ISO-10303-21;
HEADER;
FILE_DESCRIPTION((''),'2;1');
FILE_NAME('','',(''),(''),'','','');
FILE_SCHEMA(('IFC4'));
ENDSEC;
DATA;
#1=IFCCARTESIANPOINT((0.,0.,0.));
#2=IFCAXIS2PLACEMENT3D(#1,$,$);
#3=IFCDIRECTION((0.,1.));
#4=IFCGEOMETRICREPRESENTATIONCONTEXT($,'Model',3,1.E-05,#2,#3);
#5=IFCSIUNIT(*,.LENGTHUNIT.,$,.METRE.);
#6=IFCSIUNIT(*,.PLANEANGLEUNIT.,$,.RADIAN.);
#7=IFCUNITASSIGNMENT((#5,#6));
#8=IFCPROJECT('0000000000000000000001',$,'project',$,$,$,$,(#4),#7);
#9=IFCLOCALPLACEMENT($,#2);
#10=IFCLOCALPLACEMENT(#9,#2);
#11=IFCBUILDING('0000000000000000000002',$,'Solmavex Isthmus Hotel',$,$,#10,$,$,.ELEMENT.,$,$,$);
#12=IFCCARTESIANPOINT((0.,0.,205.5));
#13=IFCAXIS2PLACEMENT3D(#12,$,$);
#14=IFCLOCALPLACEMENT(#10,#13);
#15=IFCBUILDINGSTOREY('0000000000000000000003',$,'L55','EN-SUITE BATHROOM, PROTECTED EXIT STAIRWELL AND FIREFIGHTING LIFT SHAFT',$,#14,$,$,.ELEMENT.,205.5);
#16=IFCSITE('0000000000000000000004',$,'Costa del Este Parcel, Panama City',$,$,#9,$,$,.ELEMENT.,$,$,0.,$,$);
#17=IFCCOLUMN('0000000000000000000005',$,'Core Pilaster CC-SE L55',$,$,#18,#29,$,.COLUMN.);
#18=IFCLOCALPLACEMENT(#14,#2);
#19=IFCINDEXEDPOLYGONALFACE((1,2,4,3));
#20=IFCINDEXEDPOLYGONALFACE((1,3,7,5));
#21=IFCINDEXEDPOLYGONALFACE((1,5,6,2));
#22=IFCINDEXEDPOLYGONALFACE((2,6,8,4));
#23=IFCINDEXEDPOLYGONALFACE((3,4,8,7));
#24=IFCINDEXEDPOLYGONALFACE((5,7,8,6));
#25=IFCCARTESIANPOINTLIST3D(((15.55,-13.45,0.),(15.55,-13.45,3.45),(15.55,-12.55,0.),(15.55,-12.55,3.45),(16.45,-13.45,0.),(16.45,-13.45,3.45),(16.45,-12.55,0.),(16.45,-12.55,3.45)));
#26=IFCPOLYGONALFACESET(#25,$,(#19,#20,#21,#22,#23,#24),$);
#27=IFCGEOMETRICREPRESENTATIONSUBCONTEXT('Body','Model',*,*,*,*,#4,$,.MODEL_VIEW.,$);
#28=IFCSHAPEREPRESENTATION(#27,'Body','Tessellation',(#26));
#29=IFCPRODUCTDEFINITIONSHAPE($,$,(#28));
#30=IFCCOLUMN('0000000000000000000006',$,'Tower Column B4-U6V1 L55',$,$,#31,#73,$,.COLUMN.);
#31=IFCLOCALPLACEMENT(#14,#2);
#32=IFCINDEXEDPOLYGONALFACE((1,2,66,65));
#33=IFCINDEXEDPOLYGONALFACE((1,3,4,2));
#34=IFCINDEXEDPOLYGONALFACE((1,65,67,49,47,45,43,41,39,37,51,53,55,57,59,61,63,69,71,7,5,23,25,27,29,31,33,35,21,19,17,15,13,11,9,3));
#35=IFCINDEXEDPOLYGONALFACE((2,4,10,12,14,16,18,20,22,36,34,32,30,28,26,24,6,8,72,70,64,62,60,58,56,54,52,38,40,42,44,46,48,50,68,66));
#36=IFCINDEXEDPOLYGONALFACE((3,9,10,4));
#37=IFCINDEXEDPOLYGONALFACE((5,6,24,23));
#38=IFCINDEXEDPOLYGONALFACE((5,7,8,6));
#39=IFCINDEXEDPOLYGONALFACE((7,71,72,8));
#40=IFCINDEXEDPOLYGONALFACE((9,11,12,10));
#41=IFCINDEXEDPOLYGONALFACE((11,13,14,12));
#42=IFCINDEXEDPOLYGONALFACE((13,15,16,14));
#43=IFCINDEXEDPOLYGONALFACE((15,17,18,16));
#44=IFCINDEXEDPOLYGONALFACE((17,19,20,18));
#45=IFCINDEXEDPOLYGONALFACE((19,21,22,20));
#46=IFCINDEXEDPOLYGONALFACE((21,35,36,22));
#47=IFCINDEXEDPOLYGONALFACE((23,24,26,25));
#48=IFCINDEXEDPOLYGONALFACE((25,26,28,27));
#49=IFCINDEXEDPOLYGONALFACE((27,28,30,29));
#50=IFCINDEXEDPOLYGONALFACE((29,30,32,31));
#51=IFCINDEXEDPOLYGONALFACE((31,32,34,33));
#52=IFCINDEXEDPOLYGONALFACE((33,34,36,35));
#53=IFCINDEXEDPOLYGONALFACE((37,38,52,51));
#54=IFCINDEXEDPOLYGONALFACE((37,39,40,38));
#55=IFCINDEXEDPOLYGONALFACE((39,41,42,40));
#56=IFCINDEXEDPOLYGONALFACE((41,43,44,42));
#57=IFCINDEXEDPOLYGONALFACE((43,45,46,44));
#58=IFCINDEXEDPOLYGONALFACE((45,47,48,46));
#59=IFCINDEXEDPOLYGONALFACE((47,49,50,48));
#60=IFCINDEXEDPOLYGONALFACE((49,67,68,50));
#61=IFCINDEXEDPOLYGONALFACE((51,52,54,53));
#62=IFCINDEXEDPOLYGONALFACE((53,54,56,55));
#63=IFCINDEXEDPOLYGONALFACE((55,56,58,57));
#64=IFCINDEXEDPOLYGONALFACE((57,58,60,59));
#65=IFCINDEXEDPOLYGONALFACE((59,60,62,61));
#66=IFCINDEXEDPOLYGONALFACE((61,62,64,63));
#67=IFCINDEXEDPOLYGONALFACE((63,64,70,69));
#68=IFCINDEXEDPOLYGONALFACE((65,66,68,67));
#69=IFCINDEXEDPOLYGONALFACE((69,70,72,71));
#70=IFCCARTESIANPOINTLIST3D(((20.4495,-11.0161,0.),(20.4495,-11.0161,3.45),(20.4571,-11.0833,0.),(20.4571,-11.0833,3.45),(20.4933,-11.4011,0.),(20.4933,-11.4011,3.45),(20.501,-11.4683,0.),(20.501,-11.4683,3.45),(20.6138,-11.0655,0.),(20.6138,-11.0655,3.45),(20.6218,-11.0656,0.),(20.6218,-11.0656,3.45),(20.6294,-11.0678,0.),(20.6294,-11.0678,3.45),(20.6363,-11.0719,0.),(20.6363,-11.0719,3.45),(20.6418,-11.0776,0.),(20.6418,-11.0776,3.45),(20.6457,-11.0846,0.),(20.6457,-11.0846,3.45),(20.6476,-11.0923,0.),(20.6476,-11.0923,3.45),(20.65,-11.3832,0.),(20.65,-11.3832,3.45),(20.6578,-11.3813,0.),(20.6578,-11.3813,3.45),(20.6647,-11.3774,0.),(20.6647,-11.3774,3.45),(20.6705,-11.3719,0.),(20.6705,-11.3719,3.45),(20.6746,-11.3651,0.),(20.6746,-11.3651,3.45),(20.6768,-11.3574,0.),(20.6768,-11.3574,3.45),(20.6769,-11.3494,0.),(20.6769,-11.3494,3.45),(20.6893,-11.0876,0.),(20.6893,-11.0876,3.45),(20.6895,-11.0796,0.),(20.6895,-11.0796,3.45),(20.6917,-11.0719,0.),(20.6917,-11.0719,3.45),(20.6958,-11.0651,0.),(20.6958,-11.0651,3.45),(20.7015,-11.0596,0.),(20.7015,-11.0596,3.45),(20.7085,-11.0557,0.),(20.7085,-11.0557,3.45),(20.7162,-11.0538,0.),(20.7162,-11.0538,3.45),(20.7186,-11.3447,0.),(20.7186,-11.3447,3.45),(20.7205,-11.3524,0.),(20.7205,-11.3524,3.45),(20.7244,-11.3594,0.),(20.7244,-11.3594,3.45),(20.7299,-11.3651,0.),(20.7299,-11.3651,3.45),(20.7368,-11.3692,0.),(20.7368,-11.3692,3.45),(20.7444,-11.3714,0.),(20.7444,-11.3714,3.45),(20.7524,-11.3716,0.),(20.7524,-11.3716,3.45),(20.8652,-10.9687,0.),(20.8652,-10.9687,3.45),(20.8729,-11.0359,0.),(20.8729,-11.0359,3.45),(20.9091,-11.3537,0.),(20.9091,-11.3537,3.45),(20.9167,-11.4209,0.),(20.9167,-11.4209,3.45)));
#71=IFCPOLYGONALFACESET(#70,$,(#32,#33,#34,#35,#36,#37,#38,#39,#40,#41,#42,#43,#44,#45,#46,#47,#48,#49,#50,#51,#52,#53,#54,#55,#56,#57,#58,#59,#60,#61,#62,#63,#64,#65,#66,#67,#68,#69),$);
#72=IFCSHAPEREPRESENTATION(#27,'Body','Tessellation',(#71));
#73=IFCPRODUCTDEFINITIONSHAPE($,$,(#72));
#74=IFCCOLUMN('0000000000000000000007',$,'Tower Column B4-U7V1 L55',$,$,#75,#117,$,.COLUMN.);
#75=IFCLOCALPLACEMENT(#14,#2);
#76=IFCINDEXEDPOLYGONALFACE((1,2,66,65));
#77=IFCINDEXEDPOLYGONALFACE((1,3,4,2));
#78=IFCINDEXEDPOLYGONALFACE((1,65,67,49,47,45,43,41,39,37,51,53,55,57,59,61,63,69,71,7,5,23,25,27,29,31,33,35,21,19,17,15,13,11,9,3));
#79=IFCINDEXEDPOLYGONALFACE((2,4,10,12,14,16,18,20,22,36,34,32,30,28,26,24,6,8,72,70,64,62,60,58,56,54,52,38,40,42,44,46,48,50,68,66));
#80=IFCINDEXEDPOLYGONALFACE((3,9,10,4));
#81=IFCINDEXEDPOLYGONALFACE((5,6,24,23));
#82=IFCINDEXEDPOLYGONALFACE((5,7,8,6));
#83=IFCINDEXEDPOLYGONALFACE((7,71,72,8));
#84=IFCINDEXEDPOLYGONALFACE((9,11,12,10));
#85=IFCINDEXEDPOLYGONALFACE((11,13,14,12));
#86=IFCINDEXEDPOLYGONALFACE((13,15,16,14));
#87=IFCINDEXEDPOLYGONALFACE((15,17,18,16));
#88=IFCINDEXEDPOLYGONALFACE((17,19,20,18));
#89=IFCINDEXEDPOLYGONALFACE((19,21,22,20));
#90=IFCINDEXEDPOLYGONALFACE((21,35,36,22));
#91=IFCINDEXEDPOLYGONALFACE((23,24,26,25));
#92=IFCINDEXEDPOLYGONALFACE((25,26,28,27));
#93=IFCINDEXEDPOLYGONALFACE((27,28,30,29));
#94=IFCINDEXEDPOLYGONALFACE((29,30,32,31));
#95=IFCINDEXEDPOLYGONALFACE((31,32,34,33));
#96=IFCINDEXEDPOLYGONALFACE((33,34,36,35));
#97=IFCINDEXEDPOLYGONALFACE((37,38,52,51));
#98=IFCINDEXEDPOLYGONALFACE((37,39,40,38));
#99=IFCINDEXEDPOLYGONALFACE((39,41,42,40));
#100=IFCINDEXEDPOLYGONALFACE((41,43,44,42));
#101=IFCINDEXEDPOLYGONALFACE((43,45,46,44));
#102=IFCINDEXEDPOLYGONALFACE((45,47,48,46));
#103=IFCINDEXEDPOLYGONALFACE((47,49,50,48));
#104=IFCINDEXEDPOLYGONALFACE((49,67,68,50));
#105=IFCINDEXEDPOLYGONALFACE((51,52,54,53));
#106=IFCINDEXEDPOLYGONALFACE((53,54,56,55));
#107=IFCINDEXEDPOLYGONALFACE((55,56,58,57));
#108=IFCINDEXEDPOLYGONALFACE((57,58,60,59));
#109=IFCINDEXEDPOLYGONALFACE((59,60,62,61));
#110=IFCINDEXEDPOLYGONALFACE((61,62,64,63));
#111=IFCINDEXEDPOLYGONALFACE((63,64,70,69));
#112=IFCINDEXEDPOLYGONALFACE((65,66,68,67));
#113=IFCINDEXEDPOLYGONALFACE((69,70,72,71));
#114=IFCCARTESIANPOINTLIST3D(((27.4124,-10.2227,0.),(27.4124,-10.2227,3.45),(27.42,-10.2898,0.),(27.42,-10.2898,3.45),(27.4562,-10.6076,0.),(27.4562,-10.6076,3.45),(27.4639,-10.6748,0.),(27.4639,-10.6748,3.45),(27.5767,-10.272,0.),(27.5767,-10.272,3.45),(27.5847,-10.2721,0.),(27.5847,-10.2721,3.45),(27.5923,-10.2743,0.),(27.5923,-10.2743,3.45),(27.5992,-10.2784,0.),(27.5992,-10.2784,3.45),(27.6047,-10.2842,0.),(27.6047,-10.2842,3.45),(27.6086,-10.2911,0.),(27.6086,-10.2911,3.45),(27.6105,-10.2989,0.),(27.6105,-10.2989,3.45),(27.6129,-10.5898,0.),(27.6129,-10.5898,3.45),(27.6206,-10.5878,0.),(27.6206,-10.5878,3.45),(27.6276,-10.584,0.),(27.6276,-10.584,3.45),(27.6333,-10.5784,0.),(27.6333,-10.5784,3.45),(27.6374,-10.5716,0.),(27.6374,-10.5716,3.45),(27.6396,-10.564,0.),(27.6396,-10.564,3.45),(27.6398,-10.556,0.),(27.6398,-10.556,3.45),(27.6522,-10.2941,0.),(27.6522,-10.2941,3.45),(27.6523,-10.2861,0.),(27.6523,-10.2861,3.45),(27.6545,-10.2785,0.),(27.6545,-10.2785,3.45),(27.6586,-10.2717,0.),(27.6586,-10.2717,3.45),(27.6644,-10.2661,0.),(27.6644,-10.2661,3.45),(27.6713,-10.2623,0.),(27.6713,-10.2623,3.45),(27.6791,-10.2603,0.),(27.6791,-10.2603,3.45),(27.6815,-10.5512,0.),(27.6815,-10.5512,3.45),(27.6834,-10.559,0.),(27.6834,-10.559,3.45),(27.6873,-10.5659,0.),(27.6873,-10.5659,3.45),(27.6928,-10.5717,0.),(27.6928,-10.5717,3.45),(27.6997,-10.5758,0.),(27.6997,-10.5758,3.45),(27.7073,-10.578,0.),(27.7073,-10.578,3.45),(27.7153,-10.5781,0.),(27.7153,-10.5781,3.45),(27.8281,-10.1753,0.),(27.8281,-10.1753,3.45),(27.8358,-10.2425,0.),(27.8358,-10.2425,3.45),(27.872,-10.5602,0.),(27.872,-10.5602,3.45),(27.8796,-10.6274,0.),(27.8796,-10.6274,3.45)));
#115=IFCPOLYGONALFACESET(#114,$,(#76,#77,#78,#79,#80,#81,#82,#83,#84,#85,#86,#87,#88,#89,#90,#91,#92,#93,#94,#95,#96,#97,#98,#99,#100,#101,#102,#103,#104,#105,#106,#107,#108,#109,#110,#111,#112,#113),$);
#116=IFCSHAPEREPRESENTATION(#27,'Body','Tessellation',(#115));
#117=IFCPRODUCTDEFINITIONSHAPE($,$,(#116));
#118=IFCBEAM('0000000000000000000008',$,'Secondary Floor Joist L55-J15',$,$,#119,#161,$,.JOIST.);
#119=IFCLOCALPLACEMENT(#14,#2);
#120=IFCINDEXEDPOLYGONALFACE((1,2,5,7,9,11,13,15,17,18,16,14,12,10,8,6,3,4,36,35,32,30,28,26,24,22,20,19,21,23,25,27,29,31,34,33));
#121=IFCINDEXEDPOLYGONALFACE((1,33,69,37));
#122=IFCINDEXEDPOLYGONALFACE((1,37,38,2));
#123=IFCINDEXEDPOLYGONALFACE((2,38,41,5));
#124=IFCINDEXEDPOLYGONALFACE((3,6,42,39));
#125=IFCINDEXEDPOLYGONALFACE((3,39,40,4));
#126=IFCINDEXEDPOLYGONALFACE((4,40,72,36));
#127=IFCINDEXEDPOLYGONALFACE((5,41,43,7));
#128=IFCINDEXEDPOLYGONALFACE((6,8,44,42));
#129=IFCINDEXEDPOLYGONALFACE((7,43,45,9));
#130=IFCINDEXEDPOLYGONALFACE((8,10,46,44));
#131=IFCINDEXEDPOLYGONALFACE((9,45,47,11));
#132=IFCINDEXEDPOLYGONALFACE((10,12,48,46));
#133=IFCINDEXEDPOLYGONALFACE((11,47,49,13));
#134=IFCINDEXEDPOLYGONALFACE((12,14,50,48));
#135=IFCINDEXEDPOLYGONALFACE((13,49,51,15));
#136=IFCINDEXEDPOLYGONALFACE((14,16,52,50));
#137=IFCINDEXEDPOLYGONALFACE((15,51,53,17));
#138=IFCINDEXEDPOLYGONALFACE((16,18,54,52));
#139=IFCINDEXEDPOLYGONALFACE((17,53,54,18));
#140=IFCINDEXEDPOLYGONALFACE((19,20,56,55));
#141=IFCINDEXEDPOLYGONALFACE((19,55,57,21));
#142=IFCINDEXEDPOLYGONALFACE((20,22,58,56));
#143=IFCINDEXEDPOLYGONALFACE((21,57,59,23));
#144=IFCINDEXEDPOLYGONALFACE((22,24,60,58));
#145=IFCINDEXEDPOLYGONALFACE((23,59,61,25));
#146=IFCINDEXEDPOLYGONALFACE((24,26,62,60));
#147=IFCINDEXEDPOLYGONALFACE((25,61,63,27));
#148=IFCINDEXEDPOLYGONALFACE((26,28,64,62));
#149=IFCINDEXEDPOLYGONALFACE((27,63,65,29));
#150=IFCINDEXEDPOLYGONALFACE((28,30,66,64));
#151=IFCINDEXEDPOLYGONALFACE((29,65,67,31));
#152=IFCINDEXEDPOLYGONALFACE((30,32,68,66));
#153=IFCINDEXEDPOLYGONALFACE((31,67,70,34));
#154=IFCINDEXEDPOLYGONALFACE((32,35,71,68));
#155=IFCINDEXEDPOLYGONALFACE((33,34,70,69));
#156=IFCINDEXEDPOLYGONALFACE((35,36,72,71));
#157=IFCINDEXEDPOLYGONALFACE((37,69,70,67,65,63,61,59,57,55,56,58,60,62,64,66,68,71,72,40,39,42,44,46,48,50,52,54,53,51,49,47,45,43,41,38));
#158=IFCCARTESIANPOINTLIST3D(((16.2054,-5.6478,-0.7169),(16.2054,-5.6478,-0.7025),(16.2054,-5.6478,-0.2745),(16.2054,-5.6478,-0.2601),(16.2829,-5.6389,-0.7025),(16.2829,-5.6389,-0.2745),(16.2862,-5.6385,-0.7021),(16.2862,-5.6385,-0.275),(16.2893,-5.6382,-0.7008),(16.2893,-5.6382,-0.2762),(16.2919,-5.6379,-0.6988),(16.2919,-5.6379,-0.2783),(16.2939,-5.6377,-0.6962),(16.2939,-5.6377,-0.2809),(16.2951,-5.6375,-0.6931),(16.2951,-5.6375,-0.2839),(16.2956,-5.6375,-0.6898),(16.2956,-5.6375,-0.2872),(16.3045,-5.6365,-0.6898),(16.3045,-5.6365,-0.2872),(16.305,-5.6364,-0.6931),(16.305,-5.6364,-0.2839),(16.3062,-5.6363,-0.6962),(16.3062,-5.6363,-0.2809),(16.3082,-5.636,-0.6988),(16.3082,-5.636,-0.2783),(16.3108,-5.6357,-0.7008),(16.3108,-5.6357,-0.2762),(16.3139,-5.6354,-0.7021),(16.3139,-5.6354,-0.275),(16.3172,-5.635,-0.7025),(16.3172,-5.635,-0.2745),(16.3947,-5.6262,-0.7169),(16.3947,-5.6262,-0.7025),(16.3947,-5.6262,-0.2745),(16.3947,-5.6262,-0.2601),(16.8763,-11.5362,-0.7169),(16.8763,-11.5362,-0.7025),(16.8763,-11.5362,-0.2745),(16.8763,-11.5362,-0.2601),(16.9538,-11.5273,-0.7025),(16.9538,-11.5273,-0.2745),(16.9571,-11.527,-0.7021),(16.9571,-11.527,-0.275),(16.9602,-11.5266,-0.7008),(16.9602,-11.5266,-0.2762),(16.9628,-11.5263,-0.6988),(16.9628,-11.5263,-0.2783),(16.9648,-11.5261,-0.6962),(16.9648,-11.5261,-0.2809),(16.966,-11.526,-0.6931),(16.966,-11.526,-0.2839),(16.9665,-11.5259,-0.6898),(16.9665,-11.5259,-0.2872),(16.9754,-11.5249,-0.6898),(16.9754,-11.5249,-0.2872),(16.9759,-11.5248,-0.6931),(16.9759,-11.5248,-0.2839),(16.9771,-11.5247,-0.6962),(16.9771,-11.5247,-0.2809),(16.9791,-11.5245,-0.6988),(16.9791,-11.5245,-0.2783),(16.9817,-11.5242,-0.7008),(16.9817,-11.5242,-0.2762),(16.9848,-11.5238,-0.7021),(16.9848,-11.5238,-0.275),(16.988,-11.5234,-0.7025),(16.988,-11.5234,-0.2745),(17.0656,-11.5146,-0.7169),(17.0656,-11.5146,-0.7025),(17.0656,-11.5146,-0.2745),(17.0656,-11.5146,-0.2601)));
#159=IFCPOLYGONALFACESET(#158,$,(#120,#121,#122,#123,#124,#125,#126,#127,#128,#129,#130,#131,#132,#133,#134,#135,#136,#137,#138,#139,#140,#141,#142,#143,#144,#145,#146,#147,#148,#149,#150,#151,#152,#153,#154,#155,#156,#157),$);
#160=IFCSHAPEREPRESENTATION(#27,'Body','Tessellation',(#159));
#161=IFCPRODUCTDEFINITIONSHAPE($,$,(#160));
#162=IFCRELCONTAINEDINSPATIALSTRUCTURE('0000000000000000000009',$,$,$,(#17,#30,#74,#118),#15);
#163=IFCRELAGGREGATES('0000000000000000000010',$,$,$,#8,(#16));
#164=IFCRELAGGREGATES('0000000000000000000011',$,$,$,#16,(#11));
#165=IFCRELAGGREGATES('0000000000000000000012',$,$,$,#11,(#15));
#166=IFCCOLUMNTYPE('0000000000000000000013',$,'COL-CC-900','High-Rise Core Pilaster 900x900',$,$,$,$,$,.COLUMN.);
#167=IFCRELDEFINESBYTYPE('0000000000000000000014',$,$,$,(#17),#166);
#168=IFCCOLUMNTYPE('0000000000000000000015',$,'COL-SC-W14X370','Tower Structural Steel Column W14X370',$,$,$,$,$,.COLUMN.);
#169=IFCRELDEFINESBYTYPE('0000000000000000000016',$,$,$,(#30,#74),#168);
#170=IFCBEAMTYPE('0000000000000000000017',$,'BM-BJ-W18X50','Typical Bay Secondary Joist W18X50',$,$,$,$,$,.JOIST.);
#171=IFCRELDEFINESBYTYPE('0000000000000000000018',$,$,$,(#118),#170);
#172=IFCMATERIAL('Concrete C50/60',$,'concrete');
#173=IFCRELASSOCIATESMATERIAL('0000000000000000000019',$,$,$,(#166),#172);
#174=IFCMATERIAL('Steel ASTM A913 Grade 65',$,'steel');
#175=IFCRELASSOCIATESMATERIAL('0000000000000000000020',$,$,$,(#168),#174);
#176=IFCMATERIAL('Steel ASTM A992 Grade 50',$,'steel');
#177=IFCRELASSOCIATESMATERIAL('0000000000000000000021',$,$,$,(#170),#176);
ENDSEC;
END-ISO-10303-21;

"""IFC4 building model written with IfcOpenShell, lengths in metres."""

from ifc_helpers import new_model, si_unit, direction, frame, origin, origin_2d, place, context, subcontext, project, spatial, rectangle, i_section, extrude, material, material_profile, profile_set, type_object, element, save


model = new_model("IFC4")

# Units and contexts
model_context = context("Model", 3, precision=1e-05, world=origin(), true_north=direction((0.0, 1.0)))
body_context = subcontext(model_context, "Body", "Model", "MODEL_VIEW")
ifc_project = project(units=[si_unit("LENGTHUNIT", "METRE"), si_unit("PLANEANGLEUNIT", "RADIAN")], contexts=[model_context])

# Site, building, storey
site_placement = place(None, origin())
site = spatial("IfcSite", under=ifc_project, at=site_placement, Name="Costa del Este Parcel, Panama City", CompositionType="ELEMENT", RefElevation=0.0)
building_placement = place(site_placement, origin())
building = spatial("IfcBuilding", under=site, at=building_placement, Name="Solmavex Isthmus Hotel", CompositionType="ELEMENT")
storey_placement = place(building_placement, frame((0.0, 0.0, 205.5)))
storey = spatial("IfcBuildingStorey", under=building, at=storey_placement, Name="L55", Description="EN-SUITE BATHROOM, PROTECTED EXIT STAIRWELL AND FIREFIGHTING LIFT SHAFT", CompositionType="ELEMENT", Elevation=205.5)

# Columns
ifc_material_1 = material(Name="Concrete C50/60", Category="concrete")
ifc_material_profile_1 = material_profile(ifc_material_1, rectangle(XDim=0.8999, YDim=0.8999, at=origin_2d()), Name="RC900X900")
ifc_profile_set_1 = profile_set([ifc_material_profile_1], Name="Concrete C50/60")
column_type_1 = type_object("IfcColumnType", Name="COL-CC-900", Description="High-Rise Core Pilaster 900x900", PredefinedType="COLUMN", material=ifc_profile_set_1)
column_placement = place(storey_placement, frame((16.0, -13.0, 0.0), z_axis=(0.0, 0.0, 1.0), x_axis=(1.0, 0.0, 0.0)))
element("IfcColumn", 1, at=column_placement, inside=storey, type_object=column_type_1, Name="Core Pilaster CC-SE L55", PredefinedType="COLUMN", context=body_context, shape_type="SweptSolid", body=[
    extrude(rectangle(XDim=0.8999, YDim=0.8999, at=origin_2d()), origin(), (0.0, 0.0, 1.0), 3.45),
])
ifc_material_2 = material(Name="Steel ASTM A913 Grade 65", Category="steel")
ifc_material_profile_2 = material_profile(ifc_material_2, i_section(OverallWidth=0.4185, OverallDepth=0.4551, WebThickness=0.042, FlangeThickness=0.0676, FilletRadius=0.0305, at=origin_2d()), Name="W14X370")
ifc_profile_set_2 = profile_set([ifc_material_profile_2], Name="Steel ASTM A913 Grade 65")
column_type_2 = type_object("IfcColumnType", Name="COL-SC-W14X370", Description="Tower Structural Steel Column W14X370", PredefinedType="COLUMN", material=ifc_profile_set_2)
for number, where, z_axis, x_axis, name in (
    (2, (20.6831, -11.2185, 0.0), (0.0, 0.0, 1.0), (0.993572, 0.113203, 0.0), "Tower Column B4-U6V1 L55"),
    (3, (27.646, -10.425, 0.0), (0.0, 0.0, 1.0), (0.993572, 0.113203, 0.0), "Tower Column B4-U7V1 L55"),
):
    element("IfcColumn", number, at=place(storey_placement, frame(where, z_axis=z_axis, x_axis=x_axis)), inside=storey, type_object=column_type_2, Name=name, PredefinedType="COLUMN", context=body_context, shape_type="SweptSolid", body=[
        extrude(i_section(OverallWidth=0.4185, OverallDepth=0.4551, WebThickness=0.042, FlangeThickness=0.0676, FilletRadius=0.0305, at=origin_2d()), origin(), (0.0, 0.0, 1.0), 3.45),
    ])

# Beam
ifc_material_3 = material(Name="Steel ASTM A992 Grade 50", Category="steel")
ifc_material_profile_3 = material_profile(ifc_material_3, i_section(OverallWidth=0.1904, OverallDepth=0.4568, WebThickness=0.009, FlangeThickness=0.0144, FilletRadius=0.0127, at=origin_2d()), Name="W18X50")
ifc_profile_set_3 = profile_set([ifc_material_profile_3], Name="Steel ASTM A992 Grade 50")
beam_type_1 = type_object("IfcBeamType", Name="BM-BJ-W18X50", Description="Typical Bay Secondary Joist W18X50", PredefinedType="JOIST", material=ifc_profile_set_3)
beam_1_placement = place(storey_placement, frame((16.9709, -11.5254, -0.4885), z_axis=(-0.113203, 0.993572, 0.0), x_axis=(-0.993572, -0.113203, 0.0)))
element("IfcBeam", 4, at=beam_1_placement, inside=storey, type_object=beam_type_1, Name="Secondary Floor Joist L55-J15", PredefinedType="JOIST", context=body_context, shape_type="SweptSolid", body=[
    extrude(i_section(OverallWidth=0.1904, OverallDepth=0.4568, WebThickness=0.009, FlangeThickness=0.0144, FilletRadius=0.0127, at=origin_2d()), origin(), (0.0, 0.0, 1.0), 5.9265),
])

save(model, "model.ifc")
